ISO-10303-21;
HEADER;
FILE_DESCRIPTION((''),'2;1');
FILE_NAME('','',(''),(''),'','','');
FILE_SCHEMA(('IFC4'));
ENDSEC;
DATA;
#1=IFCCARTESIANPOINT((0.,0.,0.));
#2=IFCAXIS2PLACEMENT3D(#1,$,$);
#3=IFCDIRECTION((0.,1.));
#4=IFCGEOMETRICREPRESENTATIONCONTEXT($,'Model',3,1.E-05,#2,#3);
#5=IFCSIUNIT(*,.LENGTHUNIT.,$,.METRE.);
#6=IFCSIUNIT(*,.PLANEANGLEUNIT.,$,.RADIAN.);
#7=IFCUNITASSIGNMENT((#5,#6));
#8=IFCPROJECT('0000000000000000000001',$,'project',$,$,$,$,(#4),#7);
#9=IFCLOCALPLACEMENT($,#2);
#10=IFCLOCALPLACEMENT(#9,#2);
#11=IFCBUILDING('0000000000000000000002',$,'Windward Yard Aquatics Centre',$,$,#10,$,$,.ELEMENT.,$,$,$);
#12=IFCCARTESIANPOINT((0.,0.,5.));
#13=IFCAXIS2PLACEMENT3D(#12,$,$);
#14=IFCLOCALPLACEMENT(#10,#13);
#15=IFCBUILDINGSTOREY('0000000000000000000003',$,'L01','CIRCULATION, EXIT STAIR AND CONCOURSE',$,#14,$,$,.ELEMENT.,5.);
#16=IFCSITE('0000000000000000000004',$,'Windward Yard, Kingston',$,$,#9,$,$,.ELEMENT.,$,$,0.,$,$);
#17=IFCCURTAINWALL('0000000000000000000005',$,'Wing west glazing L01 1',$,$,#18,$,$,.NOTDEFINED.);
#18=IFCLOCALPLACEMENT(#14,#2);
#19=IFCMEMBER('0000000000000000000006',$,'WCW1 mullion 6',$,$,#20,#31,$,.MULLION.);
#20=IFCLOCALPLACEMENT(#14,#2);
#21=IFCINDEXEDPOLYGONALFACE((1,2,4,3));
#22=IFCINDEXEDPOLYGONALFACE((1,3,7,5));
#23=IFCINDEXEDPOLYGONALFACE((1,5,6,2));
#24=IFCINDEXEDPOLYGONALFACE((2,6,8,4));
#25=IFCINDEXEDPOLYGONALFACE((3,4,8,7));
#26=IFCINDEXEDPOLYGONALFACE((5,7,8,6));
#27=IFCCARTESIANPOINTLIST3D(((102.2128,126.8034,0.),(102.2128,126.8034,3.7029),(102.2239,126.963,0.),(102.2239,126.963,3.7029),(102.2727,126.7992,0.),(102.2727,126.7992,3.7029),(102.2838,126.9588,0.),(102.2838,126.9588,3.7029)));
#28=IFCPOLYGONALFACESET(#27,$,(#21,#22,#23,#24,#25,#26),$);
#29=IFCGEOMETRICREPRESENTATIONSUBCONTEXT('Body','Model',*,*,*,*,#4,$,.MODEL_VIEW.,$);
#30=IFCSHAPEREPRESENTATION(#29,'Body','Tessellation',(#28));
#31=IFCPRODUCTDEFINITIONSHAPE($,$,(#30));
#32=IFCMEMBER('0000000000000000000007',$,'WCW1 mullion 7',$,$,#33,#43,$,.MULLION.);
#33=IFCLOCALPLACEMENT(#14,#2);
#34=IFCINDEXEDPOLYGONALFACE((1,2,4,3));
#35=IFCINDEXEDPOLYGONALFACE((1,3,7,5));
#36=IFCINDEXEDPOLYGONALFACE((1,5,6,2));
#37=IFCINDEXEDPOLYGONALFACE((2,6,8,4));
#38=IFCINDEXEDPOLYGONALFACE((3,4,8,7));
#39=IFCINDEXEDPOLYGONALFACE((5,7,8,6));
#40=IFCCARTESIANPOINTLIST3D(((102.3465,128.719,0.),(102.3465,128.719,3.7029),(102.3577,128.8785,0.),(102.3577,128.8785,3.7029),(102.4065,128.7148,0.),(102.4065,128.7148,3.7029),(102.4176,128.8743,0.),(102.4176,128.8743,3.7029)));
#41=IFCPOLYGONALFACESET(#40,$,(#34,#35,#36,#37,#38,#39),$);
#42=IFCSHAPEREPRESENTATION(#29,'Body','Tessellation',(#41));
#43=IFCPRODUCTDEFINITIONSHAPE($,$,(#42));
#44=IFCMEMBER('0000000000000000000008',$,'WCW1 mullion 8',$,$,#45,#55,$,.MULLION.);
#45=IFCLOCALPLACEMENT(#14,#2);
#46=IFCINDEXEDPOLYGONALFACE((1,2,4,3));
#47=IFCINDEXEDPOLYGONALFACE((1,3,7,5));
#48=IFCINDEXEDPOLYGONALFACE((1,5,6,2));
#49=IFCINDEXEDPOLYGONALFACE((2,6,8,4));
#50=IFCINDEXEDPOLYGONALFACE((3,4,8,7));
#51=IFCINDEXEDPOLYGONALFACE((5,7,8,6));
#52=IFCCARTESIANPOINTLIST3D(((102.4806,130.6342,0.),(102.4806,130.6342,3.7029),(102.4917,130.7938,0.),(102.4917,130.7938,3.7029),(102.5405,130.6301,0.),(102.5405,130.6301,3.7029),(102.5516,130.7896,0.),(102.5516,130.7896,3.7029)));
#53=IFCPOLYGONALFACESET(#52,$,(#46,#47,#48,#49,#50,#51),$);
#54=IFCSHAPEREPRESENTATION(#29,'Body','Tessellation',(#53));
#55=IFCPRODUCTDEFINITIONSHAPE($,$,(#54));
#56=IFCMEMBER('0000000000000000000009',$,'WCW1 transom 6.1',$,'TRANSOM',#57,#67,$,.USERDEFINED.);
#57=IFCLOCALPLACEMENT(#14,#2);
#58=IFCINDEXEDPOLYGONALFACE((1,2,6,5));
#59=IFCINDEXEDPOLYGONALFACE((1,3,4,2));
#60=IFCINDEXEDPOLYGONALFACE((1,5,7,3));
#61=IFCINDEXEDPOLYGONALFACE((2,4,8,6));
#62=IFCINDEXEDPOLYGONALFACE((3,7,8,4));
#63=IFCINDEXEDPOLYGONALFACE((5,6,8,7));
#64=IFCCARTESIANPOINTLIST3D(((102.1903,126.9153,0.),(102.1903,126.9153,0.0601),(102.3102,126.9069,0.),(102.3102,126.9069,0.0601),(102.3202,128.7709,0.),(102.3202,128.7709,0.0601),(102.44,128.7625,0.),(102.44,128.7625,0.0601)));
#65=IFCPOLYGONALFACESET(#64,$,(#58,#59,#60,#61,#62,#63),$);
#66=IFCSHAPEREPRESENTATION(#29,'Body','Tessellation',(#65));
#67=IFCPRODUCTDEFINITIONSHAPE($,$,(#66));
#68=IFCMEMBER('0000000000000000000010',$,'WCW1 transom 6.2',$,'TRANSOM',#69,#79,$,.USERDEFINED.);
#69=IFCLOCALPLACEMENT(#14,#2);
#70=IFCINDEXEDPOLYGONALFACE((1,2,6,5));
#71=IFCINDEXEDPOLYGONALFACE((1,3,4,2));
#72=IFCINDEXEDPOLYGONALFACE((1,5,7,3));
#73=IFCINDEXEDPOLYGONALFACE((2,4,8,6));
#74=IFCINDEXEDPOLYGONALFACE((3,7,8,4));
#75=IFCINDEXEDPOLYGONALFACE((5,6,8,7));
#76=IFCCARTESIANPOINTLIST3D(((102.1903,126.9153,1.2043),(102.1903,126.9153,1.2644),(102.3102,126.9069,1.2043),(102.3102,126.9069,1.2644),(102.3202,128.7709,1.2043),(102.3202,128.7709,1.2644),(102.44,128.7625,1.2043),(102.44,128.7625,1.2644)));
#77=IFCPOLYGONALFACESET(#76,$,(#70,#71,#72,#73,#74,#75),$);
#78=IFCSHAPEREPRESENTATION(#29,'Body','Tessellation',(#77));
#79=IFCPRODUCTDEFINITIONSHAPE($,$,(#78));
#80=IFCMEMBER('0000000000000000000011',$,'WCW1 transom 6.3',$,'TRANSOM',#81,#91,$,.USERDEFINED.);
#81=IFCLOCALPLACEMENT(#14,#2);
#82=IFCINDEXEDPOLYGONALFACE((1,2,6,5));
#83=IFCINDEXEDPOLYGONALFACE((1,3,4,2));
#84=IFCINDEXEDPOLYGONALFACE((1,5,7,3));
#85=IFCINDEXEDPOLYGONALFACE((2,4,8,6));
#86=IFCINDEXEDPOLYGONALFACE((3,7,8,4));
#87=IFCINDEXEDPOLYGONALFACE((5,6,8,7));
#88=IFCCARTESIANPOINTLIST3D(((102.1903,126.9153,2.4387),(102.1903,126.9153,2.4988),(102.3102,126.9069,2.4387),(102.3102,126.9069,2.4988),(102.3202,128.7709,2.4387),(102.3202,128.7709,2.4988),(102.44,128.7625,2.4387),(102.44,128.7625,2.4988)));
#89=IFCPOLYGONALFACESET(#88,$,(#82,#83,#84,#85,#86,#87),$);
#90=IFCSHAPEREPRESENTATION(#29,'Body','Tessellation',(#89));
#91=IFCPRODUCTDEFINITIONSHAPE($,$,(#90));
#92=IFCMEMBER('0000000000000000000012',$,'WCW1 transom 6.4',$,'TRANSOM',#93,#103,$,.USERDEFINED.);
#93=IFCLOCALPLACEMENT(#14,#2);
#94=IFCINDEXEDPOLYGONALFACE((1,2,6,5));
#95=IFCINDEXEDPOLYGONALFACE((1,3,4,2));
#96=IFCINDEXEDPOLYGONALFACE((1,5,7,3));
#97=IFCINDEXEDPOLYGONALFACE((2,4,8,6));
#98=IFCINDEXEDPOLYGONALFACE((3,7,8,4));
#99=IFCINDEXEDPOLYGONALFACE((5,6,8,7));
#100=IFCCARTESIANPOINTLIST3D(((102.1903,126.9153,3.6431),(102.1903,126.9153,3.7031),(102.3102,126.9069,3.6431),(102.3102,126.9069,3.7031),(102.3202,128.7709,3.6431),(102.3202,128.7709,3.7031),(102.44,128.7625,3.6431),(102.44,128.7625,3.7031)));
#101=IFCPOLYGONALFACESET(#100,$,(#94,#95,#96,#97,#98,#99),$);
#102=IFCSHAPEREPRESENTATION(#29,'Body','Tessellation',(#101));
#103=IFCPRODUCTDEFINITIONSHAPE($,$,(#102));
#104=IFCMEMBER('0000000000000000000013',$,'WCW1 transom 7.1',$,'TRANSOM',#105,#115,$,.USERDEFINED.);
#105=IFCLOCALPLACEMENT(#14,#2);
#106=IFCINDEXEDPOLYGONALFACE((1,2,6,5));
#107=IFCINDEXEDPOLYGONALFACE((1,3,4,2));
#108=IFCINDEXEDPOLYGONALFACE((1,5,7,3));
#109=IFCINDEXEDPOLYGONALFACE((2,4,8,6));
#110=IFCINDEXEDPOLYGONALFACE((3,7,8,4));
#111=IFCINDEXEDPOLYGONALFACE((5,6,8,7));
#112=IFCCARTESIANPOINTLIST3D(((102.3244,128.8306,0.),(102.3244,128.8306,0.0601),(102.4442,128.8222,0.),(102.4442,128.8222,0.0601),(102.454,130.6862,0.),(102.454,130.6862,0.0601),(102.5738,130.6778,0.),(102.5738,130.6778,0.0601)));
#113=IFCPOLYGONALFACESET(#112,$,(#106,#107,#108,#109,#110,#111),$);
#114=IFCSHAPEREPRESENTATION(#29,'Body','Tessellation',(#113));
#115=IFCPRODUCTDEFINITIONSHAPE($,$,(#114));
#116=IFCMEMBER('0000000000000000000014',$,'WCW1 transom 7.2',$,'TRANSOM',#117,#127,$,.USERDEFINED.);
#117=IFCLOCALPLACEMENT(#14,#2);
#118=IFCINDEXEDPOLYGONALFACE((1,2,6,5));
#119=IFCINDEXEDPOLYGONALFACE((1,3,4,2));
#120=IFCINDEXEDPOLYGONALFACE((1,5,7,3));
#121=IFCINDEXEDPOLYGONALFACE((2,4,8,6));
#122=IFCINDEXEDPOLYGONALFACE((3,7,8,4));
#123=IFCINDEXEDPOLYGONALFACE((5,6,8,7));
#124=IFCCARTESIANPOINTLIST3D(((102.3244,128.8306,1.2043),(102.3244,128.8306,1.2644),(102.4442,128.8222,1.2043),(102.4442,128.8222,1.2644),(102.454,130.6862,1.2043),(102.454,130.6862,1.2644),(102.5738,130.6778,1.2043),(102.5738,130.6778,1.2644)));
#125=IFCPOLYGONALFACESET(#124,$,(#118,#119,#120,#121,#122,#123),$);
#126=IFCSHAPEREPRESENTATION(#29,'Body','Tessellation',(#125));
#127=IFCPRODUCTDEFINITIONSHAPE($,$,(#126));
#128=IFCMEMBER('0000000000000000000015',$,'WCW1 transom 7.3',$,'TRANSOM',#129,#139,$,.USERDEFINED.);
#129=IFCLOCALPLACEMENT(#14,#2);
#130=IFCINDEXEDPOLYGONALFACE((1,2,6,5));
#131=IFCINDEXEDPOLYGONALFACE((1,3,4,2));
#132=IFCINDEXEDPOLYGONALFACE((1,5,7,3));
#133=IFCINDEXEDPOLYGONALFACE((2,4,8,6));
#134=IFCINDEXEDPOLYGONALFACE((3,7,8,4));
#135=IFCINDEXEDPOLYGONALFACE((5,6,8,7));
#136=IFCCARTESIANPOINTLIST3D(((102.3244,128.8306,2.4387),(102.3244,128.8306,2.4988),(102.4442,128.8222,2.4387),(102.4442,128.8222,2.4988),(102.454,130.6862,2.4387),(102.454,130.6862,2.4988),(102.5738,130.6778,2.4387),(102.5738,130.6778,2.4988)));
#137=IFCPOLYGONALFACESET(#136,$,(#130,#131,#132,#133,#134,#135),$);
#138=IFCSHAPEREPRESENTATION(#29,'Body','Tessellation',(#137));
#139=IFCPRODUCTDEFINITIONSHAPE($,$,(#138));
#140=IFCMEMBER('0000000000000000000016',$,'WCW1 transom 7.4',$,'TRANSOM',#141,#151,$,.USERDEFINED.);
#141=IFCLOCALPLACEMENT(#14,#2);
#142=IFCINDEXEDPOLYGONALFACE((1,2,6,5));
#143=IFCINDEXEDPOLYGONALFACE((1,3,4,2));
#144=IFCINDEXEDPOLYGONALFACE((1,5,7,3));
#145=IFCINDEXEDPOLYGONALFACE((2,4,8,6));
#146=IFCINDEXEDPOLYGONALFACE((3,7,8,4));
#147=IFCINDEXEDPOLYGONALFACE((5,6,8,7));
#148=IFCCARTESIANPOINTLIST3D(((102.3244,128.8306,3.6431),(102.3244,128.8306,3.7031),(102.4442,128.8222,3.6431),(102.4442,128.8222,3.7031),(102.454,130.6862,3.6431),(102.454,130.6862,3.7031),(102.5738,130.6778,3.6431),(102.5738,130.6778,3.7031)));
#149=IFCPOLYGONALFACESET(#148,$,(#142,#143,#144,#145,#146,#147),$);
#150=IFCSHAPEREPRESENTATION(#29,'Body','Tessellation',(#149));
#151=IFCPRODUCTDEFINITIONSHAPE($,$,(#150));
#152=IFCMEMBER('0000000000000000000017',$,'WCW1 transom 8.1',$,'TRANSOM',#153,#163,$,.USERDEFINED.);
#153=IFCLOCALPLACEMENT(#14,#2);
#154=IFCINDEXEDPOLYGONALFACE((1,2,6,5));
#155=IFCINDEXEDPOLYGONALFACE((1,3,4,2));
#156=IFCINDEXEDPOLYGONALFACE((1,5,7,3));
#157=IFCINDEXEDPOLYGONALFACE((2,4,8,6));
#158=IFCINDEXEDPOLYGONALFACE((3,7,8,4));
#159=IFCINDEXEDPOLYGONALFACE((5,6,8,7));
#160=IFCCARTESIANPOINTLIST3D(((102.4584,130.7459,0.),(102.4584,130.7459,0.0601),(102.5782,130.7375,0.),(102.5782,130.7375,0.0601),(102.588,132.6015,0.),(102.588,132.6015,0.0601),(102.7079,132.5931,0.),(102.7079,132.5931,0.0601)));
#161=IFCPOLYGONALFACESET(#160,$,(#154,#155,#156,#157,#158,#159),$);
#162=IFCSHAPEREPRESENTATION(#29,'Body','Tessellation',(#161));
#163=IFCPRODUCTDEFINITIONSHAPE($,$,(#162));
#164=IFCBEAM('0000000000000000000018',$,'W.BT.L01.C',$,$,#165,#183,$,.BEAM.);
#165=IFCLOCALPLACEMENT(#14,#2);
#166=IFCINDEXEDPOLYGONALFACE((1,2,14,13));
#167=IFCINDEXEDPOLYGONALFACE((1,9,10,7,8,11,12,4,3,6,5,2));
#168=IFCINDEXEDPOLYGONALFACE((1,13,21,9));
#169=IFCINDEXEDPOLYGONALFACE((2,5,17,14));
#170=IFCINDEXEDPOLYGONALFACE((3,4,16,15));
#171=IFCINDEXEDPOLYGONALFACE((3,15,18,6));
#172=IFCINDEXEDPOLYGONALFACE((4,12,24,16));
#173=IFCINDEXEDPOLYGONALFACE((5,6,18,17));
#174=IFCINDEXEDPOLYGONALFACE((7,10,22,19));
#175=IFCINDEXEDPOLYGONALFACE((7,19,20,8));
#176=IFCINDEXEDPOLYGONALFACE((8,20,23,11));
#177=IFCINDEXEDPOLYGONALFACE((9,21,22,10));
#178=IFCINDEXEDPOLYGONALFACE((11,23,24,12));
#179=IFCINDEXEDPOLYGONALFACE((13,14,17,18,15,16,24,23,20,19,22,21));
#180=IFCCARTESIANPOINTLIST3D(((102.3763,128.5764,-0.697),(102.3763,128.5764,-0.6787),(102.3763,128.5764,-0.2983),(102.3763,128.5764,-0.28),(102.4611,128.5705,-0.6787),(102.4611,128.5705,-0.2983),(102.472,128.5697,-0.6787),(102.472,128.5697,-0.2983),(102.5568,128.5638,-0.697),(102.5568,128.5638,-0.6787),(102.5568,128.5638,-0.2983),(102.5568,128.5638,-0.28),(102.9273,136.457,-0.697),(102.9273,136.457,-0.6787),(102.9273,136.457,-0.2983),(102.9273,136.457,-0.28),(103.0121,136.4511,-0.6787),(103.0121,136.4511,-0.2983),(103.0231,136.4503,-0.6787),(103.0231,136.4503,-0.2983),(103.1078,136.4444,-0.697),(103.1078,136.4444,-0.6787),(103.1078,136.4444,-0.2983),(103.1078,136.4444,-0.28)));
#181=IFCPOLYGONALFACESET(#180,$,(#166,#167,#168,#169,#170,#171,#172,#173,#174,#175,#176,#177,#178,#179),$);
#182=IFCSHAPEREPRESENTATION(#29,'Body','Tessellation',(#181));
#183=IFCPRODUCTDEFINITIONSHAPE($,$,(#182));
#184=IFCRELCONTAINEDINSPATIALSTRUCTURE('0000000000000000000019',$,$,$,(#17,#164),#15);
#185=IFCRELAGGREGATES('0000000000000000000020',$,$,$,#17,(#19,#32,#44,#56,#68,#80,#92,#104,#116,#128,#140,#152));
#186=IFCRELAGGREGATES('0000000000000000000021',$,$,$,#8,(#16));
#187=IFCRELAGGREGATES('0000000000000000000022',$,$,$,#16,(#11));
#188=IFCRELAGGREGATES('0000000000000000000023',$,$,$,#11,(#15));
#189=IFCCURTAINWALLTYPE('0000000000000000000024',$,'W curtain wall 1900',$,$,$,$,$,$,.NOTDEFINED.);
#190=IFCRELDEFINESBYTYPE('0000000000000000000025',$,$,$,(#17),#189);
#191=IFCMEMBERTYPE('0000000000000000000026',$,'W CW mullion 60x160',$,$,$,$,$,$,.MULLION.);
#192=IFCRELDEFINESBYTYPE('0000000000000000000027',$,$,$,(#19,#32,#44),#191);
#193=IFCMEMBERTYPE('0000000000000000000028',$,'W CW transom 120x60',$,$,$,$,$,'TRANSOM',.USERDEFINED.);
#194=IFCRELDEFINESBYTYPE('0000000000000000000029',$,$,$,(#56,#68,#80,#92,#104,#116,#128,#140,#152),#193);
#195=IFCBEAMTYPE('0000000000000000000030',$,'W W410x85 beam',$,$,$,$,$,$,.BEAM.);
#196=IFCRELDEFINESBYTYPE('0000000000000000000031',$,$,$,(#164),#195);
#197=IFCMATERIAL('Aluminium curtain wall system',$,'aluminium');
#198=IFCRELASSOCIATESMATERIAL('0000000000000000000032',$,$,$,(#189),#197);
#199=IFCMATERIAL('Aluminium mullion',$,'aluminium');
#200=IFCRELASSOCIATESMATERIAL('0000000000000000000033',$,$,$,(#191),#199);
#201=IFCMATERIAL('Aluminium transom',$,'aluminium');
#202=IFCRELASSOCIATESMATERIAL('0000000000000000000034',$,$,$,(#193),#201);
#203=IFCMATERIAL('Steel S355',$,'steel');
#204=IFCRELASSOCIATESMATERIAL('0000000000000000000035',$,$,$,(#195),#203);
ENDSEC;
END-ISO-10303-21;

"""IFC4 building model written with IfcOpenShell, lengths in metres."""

from ifc_helpers import new_model, si_unit, direction, frame, origin, origin_2d, place, context, subcontext, project, spatial, rectangle, i_section, extrude, material, material_profile, profile_set, type_object, element, aggregate, save


model = new_model("IFC4")

# Units and contexts
model_context = context("Model", 3, precision=1e-05, world=origin(), true_north=direction((0.0, 1.0)))
body_context = subcontext(model_context, "Body", "Model", "MODEL_VIEW")
ifc_project = project(units=[si_unit("LENGTHUNIT", "METRE"), si_unit("PLANEANGLEUNIT", "RADIAN")], contexts=[model_context])

# Site, building, storey
site_placement = place(None, origin())
site = spatial("IfcSite", under=ifc_project, at=site_placement, Name="Windward Yard, Kingston", CompositionType="ELEMENT", RefElevation=0.0)
building_placement = place(site_placement, origin())
building = spatial("IfcBuilding", under=site, at=building_placement, Name="Windward Yard Aquatics Centre", CompositionType="ELEMENT")
storey_placement = place(building_placement, frame((0.0, 0.0, 5.0)))
storey = spatial("IfcBuildingStorey", under=building, at=storey_placement, Name="L01", Description="CIRCULATION, EXIT STAIR AND CONCOURSE", CompositionType="ELEMENT", Elevation=5.0)

# Curtain wall, members
ifc_material_1 = material(Name="Aluminium curtain wall system", Category="aluminium")
curtain_wall_type = type_object("IfcCurtainWallType", Name="W curtain wall 1900", PredefinedType="NOTDEFINED", material=ifc_material_1)
curtain_wall_placement = place(storey_placement, origin())
curtain_wall = element("IfcCurtainWall", 1, at=curtain_wall_placement, inside=storey, type_object=curtain_wall_type, Name="Wing west glazing L01 1", PredefinedType="NOTDEFINED")
ifc_material_2 = material(Name="Aluminium mullion", Category="aluminium")
ifc_material_profile_1 = material_profile(ifc_material_2, rectangle(XDim=0.0601, YDim=0.1599, at=origin_2d()), Name="AL 60x160")
ifc_profile_set_1 = profile_set([ifc_material_profile_1], Name="Aluminium mullion")
member_type_1 = type_object("IfcMemberType", Name="W CW mullion 60x160", PredefinedType="MULLION", material=ifc_profile_set_1)
member_1_placement = place(storey_placement, frame((102.2483, 126.8811, 0.0), z_axis=(0.0, 0.0, 1.0), x_axis=(-0.997564, 0.069755, 0.0)))
member_1 = element("IfcMember", 2, at=member_1_placement, type_object=member_type_1, Name="WCW1 mullion 6", PredefinedType="MULLION", context=body_context, shape_type="SweptSolid", body=[
    extrude(rectangle(XDim=0.0601, YDim=0.1599, at=origin_2d()), origin(), (0.0, 0.0, 1.0), 3.7029),
])
member_2_placement = place(storey_placement, frame((102.3821, 128.7966, 0.0), z_axis=(0.0, 0.0, 1.0), x_axis=(-0.997564, 0.069755, 0.0)))
member_2 = element("IfcMember", 3, at=member_2_placement, type_object=member_type_1, Name="WCW1 mullion 7", PredefinedType="MULLION", context=body_context, shape_type="SweptSolid", body=[
    extrude(rectangle(XDim=0.0601, YDim=0.1599, at=origin_2d()), origin(), (0.0, 0.0, 1.0), 3.7029),
])
member_3_placement = place(storey_placement, frame((102.5161, 130.7119, 0.0), z_axis=(0.0, 0.0, 1.0), x_axis=(-0.997564, 0.069755, 0.0)))
member_3 = element("IfcMember", 4, at=member_3_placement, type_object=member_type_1, Name="WCW1 mullion 8", PredefinedType="MULLION", context=body_context, shape_type="SweptSolid", body=[
    extrude(rectangle(XDim=0.0601, YDim=0.1599, at=origin_2d()), origin(), (0.0, 0.0, 1.0), 3.7029),
])
ifc_material_3 = material(Name="Aluminium transom", Category="aluminium")
ifc_material_profile_2 = material_profile(ifc_material_3, rectangle(XDim=0.1201, YDim=0.0601, at=origin_2d()), Name="AL 120x60")
ifc_profile_set_2 = profile_set([ifc_material_profile_2], Name="Aluminium transom")
member_type_2 = type_object("IfcMemberType", Name="W CW transom 120x60", ElementType="TRANSOM", PredefinedType="USERDEFINED", material=ifc_profile_set_2)
member_4_placement = place(storey_placement, frame((102.2502, 126.9111, 0.03), z_axis=(0.069829, 0.997559, 0.0), x_axis=(-0.997559, 0.069829, 0.0)))
member_4 = element("IfcMember", 5, at=member_4_placement, type_object=member_type_2, Name="WCW1 transom 6.1", ObjectType="TRANSOM", PredefinedType="USERDEFINED", context=body_context, shape_type="SweptSolid", body=[
    extrude(rectangle(XDim=0.1201, YDim=0.0601, at=origin_2d()), origin(), (0.0, 0.0, 1.0), 1.8601),
])
member_5_placement = place(storey_placement, frame((102.2502, 126.9111, 1.2344), z_axis=(0.069829, 0.997559, 0.0), x_axis=(-0.997559, 0.069829, 0.0)))
member_5 = element("IfcMember", 6, at=member_5_placement, type_object=member_type_2, Name="WCW1 transom 6.2", ObjectType="TRANSOM", PredefinedType="USERDEFINED", context=body_context, shape_type="SweptSolid", body=[
    extrude(rectangle(XDim=0.1201, YDim=0.0601, at=origin_2d()), origin(), (0.0, 0.0, 1.0), 1.8601),
])
member_6_placement = place(storey_placement, frame((102.2502, 126.9111, 2.4688), z_axis=(0.069829, 0.997559, 0.0), x_axis=(-0.997559, 0.069829, 0.0)))
member_6 = element("IfcMember", 7, at=member_6_placement, type_object=member_type_2, Name="WCW1 transom 6.3", ObjectType="TRANSOM", PredefinedType="USERDEFINED", context=body_context, shape_type="SweptSolid", body=[
    extrude(rectangle(XDim=0.1201, YDim=0.0601, at=origin_2d()), origin(), (0.0, 0.0, 1.0), 1.8601),
])
member_7_placement = place(storey_placement, frame((102.2502, 126.9111, 3.6731), z_axis=(0.069829, 0.997559, 0.0), x_axis=(-0.997559, 0.069829, 0.0)))
member_7 = element("IfcMember", 8, at=member_7_placement, type_object=member_type_2, Name="WCW1 transom 6.4", ObjectType="TRANSOM", PredefinedType="USERDEFINED", context=body_context, shape_type="SweptSolid", body=[
    extrude(rectangle(XDim=0.1201, YDim=0.0601, at=origin_2d()), origin(), (0.0, 0.0, 1.0), 1.8601),
])
member_8_placement = place(storey_placement, frame((102.3843, 128.8264, 0.03), z_axis=(0.069699, 0.997568, 0.0), x_axis=(-0.997568, 0.069699, 0.0)))
member_8 = element("IfcMember", 9, at=member_8_placement, type_object=member_type_2, Name="WCW1 transom 7.1", ObjectType="TRANSOM", PredefinedType="USERDEFINED", context=body_context, shape_type="SweptSolid", body=[
    extrude(rectangle(XDim=0.1201, YDim=0.0601, at=origin_2d()), origin(), (0.0, 0.0, 1.0), 1.8601),
])
member_9_placement = place(storey_placement, frame((102.3843, 128.8264, 1.2344), z_axis=(0.069699, 0.997568, 0.0), x_axis=(-0.997568, 0.069699, 0.0)))
member_9 = element("IfcMember", 10, at=member_9_placement, type_object=member_type_2, Name="WCW1 transom 7.2", ObjectType="TRANSOM", PredefinedType="USERDEFINED", context=body_context, shape_type="SweptSolid", body=[
    extrude(rectangle(XDim=0.1201, YDim=0.0601, at=origin_2d()), origin(), (0.0, 0.0, 1.0), 1.8601),
])
member_10_placement = place(storey_placement, frame((102.3843, 128.8264, 2.4688), z_axis=(0.069699, 0.997568, 0.0), x_axis=(-0.997568, 0.069699, 0.0)))
member_10 = element("IfcMember", 11, at=member_10_placement, type_object=member_type_2, Name="WCW1 transom 7.3", ObjectType="TRANSOM", PredefinedType="USERDEFINED", context=body_context, shape_type="SweptSolid", body=[
    extrude(rectangle(XDim=0.1201, YDim=0.0601, at=origin_2d()), origin(), (0.0, 0.0, 1.0), 1.8601),
])
member_11_placement = place(storey_placement, frame((102.3843, 128.8264, 3.6731), z_axis=(0.069699, 0.997568, 0.0), x_axis=(-0.997568, 0.069699, 0.0)))
member_11 = element("IfcMember", 12, at=member_11_placement, type_object=member_type_2, Name="WCW1 transom 7.4", ObjectType="TRANSOM", PredefinedType="USERDEFINED", context=body_context, shape_type="SweptSolid", body=[
    extrude(rectangle(XDim=0.1201, YDim=0.0601, at=origin_2d()), origin(), (0.0, 0.0, 1.0), 1.8601),
])
member_12_placement = place(storey_placement, frame((102.5183, 130.7417, 0.03), z_axis=(0.069699, 0.997568, 0.0), x_axis=(-0.997568, 0.069699, 0.0)))
member_12 = element("IfcMember", 13, at=member_12_placement, type_object=member_type_2, Name="WCW1 transom 8.1", ObjectType="TRANSOM", PredefinedType="USERDEFINED", context=body_context, shape_type="SweptSolid", body=[
    extrude(rectangle(XDim=0.1201, YDim=0.0601, at=origin_2d()), origin(), (0.0, 0.0, 1.0), 1.8601),
])

# Beam
ifc_material_4 = material(Name="Steel S355", Category="steel")
ifc_material_profile_3 = material_profile(ifc_material_4, i_section(OverallWidth=0.1809, OverallDepth=0.417, WebThickness=0.011, FlangeThickness=0.0183, at=origin_2d()), Name="W410x85")
ifc_profile_set_3 = profile_set([ifc_material_profile_3], Name="Steel S355")
beam_type_1 = type_object("IfcBeamType", Name="W W410x85 beam", PredefinedType="BEAM", material=ifc_profile_set_3)
beam_1_placement = place(storey_placement, frame((102.4666, 128.5701, -0.4885), z_axis=(0.069751, 0.997564, 0.0), x_axis=(-0.997564, 0.069751, 0.0)))
element("IfcBeam", 14, at=beam_1_placement, inside=storey, type_object=beam_type_1, Name="W.BT.L01.C", PredefinedType="BEAM", context=body_context, shape_type="SweptSolid", body=[
    extrude(i_section(OverallWidth=0.1809, OverallDepth=0.417, WebThickness=0.011, FlangeThickness=0.0183, at=origin_2d()), origin(), (0.0, 0.0, 1.0), 7.8999),
])

aggregate(curtain_wall, [member_1, member_2, member_3, member_4, member_5, member_6, member_7, member_8, member_9, member_10, member_11, member_12])

save(model, "model.ifc")
